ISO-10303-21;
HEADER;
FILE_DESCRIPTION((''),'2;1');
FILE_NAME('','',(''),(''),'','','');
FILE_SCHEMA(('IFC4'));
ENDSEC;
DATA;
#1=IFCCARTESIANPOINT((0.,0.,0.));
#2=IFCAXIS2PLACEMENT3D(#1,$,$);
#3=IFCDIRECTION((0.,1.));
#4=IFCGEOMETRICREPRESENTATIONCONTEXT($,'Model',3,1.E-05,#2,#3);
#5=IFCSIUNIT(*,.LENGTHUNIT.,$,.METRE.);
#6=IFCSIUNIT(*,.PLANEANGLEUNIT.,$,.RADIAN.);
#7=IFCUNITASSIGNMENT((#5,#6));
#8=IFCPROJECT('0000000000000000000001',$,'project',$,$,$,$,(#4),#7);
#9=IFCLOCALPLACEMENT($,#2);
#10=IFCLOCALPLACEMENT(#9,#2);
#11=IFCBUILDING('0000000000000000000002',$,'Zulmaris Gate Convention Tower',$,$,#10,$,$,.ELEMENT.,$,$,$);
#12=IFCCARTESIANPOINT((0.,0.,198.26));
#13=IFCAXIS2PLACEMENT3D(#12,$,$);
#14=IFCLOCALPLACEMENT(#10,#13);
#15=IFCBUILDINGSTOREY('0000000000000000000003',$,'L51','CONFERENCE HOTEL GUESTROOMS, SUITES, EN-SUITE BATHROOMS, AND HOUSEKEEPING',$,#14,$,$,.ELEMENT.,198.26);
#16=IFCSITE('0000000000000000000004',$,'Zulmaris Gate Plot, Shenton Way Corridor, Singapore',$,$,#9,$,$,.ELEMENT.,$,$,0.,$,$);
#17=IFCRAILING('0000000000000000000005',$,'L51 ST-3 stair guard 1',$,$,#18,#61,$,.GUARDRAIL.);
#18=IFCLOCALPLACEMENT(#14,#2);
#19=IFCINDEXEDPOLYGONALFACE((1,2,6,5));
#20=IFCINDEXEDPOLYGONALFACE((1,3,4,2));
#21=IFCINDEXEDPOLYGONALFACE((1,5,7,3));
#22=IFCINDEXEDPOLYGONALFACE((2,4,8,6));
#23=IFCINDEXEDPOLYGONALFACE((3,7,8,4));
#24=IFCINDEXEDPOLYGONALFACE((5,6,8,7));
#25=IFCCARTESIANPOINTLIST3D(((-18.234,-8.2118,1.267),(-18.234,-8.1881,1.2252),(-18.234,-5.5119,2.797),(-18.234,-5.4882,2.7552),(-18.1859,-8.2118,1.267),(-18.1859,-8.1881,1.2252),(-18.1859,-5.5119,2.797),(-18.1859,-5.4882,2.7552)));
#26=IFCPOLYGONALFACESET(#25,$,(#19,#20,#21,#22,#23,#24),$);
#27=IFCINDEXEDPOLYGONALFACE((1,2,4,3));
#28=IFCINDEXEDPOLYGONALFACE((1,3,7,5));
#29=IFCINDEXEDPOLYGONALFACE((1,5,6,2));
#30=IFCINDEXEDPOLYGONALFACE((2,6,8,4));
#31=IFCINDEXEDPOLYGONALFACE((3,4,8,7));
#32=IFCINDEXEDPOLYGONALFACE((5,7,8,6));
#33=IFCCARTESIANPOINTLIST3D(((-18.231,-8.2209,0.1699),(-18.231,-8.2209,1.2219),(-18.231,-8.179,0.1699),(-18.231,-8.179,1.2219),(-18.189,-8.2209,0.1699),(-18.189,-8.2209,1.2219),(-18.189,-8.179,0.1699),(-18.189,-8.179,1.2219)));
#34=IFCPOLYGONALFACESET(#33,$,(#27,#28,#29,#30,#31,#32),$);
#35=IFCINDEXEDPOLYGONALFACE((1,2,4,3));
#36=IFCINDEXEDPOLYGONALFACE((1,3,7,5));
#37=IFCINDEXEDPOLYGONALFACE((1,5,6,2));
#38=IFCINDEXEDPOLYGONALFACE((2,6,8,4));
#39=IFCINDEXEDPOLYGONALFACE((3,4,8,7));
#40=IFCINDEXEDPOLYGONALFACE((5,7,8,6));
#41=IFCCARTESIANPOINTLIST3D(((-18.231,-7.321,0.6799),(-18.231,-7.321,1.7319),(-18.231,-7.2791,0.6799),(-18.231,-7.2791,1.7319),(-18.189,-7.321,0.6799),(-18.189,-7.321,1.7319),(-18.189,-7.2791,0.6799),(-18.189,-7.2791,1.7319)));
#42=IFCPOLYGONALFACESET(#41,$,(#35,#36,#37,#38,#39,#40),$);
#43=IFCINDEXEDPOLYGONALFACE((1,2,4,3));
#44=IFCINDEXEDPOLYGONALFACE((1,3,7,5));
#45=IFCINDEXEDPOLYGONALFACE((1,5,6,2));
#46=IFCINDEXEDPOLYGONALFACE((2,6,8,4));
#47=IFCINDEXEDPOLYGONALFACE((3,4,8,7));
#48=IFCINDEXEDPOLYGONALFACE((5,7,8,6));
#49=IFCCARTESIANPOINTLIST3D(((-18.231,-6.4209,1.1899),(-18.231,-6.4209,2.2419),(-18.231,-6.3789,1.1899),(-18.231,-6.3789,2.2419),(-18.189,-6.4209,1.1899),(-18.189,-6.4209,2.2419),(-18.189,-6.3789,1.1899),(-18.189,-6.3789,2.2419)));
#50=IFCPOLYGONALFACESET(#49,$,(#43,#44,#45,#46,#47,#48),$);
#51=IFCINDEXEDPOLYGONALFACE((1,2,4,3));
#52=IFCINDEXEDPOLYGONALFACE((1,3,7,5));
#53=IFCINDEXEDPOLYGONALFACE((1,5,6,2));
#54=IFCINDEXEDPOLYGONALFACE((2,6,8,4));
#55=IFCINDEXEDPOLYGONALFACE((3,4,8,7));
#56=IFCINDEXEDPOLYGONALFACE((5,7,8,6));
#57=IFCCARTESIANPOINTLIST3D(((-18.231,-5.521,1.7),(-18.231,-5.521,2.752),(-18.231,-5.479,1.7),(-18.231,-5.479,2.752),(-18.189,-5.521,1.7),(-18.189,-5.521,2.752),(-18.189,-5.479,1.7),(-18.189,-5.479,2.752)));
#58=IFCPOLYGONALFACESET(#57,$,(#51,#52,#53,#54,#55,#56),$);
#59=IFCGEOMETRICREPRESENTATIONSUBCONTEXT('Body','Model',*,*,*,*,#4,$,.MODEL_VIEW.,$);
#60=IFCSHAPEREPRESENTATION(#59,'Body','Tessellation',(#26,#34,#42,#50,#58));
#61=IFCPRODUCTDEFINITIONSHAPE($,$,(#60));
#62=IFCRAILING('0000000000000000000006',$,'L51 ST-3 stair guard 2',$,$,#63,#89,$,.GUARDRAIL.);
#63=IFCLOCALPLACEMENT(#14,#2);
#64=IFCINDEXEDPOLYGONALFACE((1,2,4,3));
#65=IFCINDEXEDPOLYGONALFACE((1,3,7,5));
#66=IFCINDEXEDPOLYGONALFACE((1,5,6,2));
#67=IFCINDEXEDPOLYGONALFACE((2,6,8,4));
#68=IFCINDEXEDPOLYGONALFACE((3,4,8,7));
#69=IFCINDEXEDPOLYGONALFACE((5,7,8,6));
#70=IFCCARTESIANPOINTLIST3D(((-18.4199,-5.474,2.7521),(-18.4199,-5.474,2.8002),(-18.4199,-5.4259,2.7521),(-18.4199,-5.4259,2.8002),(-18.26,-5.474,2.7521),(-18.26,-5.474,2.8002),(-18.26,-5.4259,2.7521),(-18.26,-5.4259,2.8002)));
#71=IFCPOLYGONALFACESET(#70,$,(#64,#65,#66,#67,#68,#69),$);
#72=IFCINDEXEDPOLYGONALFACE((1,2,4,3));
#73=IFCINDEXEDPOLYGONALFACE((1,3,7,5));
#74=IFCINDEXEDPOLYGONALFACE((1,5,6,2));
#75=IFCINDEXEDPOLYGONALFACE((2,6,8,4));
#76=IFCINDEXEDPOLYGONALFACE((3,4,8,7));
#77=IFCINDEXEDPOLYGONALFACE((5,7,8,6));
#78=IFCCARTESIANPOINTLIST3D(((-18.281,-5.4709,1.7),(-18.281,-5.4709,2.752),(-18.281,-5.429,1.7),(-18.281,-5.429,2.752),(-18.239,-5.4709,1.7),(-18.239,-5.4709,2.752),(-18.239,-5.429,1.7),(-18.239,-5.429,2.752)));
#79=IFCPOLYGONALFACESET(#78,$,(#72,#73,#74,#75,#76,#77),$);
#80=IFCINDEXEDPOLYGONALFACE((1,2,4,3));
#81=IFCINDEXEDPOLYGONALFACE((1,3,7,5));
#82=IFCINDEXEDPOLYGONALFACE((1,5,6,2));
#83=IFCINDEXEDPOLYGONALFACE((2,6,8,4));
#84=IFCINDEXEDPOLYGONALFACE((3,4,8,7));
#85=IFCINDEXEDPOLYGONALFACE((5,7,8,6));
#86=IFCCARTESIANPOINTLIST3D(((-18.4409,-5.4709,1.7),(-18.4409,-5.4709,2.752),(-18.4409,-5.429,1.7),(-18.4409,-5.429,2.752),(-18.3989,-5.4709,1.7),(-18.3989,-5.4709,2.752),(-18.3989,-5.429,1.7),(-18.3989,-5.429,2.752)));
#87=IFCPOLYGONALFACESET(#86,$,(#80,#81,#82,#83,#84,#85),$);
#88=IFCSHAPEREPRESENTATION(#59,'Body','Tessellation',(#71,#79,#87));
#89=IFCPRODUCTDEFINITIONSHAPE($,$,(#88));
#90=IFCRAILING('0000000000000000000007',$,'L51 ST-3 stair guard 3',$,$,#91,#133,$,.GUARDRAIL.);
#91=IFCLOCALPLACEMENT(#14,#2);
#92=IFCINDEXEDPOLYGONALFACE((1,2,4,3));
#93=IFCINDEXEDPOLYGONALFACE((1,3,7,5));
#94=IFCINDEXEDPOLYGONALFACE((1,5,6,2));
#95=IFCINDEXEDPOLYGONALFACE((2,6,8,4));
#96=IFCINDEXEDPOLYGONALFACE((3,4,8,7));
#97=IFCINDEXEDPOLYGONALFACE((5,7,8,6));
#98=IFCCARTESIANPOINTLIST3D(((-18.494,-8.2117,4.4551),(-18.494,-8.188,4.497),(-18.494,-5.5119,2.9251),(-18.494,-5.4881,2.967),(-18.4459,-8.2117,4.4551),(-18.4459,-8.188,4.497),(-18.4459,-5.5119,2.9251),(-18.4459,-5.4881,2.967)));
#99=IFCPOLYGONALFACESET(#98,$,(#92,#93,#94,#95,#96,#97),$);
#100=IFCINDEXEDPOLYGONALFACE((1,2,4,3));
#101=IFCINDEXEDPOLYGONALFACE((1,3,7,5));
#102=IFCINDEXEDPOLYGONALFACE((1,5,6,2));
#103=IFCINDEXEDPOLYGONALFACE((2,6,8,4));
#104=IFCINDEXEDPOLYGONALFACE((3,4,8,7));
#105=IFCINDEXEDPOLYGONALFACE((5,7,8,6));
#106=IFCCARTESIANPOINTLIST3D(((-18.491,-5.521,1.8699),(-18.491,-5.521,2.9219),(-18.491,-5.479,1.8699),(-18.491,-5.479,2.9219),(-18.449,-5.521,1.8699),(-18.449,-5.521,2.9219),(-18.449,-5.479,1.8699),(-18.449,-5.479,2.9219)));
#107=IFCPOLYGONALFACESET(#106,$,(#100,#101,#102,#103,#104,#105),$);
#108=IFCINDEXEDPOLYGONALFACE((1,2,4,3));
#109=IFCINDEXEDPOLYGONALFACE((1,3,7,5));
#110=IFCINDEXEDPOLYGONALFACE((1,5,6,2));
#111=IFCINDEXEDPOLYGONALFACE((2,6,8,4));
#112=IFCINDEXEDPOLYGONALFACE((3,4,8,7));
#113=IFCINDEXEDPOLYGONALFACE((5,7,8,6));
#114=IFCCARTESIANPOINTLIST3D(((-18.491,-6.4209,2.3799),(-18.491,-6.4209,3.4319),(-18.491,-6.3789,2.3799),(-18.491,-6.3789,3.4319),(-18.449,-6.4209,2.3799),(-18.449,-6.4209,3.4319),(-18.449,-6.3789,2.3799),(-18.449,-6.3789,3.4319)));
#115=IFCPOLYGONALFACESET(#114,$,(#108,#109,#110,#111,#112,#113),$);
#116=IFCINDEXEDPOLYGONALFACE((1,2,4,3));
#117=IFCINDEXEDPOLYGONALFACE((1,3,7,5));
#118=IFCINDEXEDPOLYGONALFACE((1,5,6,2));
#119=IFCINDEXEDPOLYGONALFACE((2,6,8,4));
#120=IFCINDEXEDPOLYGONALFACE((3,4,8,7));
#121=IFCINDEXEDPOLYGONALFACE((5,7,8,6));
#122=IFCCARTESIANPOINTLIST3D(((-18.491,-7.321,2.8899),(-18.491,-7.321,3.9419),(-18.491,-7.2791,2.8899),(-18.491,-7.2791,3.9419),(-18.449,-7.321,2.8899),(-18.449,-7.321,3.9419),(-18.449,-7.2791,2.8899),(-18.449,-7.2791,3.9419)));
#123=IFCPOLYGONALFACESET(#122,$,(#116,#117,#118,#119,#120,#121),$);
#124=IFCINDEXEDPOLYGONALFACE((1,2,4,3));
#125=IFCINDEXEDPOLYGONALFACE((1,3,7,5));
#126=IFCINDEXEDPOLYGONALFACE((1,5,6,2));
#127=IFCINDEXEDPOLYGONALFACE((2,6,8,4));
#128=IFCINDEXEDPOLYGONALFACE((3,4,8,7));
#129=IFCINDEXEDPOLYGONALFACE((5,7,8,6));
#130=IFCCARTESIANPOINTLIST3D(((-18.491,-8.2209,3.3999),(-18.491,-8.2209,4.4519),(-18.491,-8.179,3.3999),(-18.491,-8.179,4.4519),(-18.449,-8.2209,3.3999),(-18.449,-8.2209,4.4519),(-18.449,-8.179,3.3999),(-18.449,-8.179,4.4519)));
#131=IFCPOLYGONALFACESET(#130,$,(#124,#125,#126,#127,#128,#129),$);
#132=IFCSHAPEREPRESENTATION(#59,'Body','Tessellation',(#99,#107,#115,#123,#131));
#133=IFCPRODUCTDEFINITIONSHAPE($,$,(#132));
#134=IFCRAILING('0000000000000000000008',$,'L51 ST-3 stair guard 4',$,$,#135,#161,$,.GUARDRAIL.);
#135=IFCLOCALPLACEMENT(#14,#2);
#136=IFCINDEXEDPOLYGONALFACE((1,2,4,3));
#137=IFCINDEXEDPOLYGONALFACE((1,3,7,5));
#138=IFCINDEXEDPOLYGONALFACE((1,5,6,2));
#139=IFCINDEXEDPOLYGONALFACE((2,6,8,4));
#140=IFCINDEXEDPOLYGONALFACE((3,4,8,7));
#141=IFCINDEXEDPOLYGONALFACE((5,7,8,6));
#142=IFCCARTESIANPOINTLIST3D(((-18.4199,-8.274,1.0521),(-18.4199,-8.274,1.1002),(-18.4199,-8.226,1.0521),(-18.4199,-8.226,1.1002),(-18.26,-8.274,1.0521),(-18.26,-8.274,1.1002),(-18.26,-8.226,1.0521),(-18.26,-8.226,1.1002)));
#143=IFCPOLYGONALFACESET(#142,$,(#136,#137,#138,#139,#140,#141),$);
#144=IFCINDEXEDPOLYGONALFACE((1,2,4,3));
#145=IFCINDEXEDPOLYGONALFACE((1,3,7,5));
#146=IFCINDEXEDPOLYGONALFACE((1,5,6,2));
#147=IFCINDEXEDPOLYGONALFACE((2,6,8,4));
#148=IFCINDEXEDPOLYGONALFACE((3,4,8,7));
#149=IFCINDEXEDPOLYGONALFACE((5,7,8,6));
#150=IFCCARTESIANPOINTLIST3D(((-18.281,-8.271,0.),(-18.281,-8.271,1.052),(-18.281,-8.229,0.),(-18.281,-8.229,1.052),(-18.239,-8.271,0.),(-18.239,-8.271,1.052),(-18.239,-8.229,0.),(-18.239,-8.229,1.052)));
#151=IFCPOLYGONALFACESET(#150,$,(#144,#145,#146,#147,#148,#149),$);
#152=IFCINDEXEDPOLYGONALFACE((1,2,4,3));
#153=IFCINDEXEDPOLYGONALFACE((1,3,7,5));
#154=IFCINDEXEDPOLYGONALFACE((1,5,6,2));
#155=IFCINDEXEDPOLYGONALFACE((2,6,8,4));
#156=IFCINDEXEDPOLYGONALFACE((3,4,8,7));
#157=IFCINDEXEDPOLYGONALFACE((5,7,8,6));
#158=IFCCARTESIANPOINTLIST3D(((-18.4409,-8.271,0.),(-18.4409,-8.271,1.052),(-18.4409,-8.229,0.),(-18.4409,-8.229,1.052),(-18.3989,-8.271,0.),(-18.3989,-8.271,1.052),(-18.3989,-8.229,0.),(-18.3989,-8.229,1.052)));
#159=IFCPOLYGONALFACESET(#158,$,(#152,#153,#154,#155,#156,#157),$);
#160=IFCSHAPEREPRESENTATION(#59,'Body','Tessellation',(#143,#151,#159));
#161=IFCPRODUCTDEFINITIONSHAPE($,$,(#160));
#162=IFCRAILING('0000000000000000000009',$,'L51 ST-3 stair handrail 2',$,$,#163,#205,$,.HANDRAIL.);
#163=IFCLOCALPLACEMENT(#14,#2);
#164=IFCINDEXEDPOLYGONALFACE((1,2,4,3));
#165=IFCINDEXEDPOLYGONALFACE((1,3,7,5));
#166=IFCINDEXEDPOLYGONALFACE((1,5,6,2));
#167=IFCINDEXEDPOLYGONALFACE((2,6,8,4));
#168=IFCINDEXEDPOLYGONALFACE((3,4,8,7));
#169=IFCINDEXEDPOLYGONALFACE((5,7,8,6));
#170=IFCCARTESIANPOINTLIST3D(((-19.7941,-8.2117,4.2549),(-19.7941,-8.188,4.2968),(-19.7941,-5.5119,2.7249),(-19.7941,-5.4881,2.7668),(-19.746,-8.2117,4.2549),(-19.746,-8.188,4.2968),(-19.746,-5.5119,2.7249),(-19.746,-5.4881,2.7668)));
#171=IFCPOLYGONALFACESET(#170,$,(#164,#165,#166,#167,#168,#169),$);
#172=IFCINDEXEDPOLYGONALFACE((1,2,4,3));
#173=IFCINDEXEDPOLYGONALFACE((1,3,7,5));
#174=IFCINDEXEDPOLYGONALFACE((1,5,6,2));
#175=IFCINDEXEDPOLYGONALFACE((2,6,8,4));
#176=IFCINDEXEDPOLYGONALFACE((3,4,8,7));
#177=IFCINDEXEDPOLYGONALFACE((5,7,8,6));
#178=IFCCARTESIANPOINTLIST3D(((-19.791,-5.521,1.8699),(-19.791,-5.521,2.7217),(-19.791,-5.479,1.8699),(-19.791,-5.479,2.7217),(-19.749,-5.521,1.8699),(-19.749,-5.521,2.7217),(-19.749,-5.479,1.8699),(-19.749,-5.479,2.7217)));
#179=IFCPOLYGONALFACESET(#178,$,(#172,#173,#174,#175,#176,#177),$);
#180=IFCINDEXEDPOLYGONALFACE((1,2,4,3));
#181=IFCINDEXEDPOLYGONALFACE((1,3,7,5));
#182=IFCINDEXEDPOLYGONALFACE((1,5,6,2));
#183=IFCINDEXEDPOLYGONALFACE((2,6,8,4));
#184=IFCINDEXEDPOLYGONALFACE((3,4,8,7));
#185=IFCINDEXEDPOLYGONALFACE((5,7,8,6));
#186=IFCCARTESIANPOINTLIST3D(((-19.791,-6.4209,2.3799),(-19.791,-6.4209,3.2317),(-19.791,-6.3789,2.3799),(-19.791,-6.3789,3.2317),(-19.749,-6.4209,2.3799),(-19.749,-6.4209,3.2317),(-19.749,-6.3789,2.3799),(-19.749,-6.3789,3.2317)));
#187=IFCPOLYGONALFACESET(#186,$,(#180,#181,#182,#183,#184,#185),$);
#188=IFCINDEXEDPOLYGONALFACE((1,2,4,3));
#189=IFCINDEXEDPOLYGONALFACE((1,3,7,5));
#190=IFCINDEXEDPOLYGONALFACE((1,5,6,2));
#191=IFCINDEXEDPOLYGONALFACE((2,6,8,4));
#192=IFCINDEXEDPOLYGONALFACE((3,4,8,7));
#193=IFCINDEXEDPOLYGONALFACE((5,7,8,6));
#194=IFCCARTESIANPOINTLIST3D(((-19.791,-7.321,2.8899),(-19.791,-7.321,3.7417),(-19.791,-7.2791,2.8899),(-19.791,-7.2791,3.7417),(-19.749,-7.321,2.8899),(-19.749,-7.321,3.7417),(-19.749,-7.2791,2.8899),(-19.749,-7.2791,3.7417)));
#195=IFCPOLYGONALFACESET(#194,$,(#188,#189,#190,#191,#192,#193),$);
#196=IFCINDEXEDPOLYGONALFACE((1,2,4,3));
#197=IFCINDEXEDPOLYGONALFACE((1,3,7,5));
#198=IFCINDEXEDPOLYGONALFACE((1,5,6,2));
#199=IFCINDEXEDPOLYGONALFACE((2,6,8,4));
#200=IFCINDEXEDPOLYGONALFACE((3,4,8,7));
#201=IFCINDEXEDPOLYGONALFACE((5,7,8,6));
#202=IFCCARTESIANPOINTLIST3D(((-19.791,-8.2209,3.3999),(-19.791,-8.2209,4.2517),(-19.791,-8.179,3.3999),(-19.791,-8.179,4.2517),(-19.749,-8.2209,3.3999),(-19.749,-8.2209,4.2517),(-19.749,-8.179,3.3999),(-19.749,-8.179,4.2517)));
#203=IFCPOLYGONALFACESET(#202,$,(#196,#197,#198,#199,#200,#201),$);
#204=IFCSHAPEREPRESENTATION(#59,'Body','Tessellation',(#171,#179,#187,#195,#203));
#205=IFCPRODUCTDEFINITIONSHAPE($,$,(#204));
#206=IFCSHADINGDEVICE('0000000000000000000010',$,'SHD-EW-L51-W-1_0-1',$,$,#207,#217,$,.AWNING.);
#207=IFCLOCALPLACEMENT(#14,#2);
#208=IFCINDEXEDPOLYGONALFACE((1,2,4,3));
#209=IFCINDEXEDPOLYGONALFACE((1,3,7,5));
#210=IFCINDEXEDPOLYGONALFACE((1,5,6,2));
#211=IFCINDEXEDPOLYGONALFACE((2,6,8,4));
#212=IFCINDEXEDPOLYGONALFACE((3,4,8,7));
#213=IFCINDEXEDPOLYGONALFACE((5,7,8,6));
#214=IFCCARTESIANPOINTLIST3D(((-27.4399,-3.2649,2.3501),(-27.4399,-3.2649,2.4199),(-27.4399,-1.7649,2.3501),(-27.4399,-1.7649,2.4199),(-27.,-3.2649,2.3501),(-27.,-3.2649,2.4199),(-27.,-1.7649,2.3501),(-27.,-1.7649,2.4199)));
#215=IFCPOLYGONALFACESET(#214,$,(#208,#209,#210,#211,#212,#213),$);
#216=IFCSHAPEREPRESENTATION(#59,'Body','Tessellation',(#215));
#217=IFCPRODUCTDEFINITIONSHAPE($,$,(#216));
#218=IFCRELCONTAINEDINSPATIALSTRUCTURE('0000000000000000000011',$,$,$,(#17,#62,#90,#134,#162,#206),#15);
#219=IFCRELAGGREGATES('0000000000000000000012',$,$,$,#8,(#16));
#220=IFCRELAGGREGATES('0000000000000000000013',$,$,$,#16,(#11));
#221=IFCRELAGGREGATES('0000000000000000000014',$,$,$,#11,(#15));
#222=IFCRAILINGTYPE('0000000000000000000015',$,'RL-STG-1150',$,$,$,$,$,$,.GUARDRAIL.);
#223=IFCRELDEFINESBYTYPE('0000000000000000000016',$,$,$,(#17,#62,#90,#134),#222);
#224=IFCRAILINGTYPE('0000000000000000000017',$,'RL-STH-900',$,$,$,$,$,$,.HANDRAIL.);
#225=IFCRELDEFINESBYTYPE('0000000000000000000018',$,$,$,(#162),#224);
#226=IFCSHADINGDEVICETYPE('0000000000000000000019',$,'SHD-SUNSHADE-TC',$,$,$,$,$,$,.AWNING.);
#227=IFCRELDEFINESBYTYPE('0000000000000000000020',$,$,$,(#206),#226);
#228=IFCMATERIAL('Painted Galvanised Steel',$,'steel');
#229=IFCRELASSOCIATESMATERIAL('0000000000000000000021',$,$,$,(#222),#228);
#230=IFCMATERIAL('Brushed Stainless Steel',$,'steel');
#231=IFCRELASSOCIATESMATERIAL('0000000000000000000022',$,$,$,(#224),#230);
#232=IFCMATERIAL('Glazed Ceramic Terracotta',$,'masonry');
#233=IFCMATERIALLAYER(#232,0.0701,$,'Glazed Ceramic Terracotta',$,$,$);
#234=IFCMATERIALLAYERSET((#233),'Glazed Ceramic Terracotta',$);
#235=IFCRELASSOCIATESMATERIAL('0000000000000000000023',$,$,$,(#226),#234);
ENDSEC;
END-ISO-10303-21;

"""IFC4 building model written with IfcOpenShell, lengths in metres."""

from ifc_helpers import new_model, si_unit, direction, frame, frame_2d, origin, origin_2d, place, context, subcontext, project, spatial, rectangle, extrude, material, layer, layer_set, type_object, element, save


model = new_model("IFC4")

# Units and contexts
model_context = context("Model", 3, precision=1e-05, world=origin(), true_north=direction((0.0, 1.0)))
body_context = subcontext(model_context, "Body", "Model", "MODEL_VIEW")
ifc_project = project(units=[si_unit("LENGTHUNIT", "METRE"), si_unit("PLANEANGLEUNIT", "RADIAN")], contexts=[model_context])

# Site, building, storey
site_placement = place(None, origin())
site = spatial("IfcSite", under=ifc_project, at=site_placement, Name="Zulmaris Gate Plot, Shenton Way Corridor, Singapore", CompositionType="ELEMENT", RefElevation=0.0)
building_placement = place(site_placement, origin())
building = spatial("IfcBuilding", under=site, at=building_placement, Name="Zulmaris Gate Convention Tower", CompositionType="ELEMENT")
storey_placement = place(building_placement, frame((0.0, 0.0, 198.26)))
storey = spatial("IfcBuildingStorey", under=building, at=storey_placement, Name="L51", Description="CONFERENCE HOTEL GUESTROOMS, SUITES, EN-SUITE BATHROOMS, AND HOUSEKEEPING", CompositionType="ELEMENT", Elevation=198.26)

# Railings
ifc_material_1 = material(Name="Painted Galvanised Steel", Category="steel")
railing_type_1 = type_object("IfcRailingType", Name="RL-STG-1150", PredefinedType="GUARDRAIL", material=ifc_material_1)
railing_1_placement = place(storey_placement, frame((-18.21, -8.2, 0.1699)))
element("IfcRailing", 1, at=railing_1_placement, inside=storey, type_object=railing_type_1, Name="L51 ST-3 stair guard 1", PredefinedType="GUARDRAIL", context=body_context, shape_type="SweptSolid", body=[
    extrude(rectangle(XDim=0.0481, YDim=0.0481, at=origin_2d()), frame((0.0, 0.0, 1.0762), z_axis=(0.0, 0.870014, 0.493026), x_axis=(-1.0, 0.0, 0.0)), (0.0, 0.0, 1.0), 3.1033),
    extrude(rectangle(XDim=0.042, YDim=0.042, at=origin_2d()), origin(), (0.0, 0.0, 1.0), 1.052),
    extrude(rectangle(XDim=0.042, YDim=0.042, at=origin_2d()), frame((0.0, 0.8999, 0.51)), (0.0, 0.0, 1.0), 1.052),
    extrude(rectangle(XDim=0.042, YDim=0.042, at=origin_2d()), frame((0.0, 1.8, 1.02)), (0.0, 0.0, 1.0), 1.052),
    extrude(rectangle(XDim=0.042, YDim=0.042, at=origin_2d()), frame((0.0, 2.7, 1.53)), (0.0, 0.0, 1.0), 1.052),
])
railing_2_placement = place(storey_placement, frame((-18.26, -5.45, 1.7)))
element("IfcRailing", 2, at=railing_2_placement, inside=storey, type_object=railing_type_1, Name="L51 ST-3 stair guard 2", PredefinedType="GUARDRAIL", context=body_context, shape_type="SweptSolid", body=[
    extrude(rectangle(XDim=0.0481, YDim=0.0481, at=origin_2d()), frame((0.0, 0.0, 1.0762), z_axis=(-1.0, 0.0, 0.0), x_axis=(0.0, -1.0, 0.0)), (0.0, 0.0, 1.0), 0.1599),
    extrude(rectangle(XDim=0.042, YDim=0.042, at=origin_2d()), origin(), (0.0, 0.0, 1.0), 1.052),
    extrude(rectangle(XDim=0.042, YDim=0.042, at=origin_2d()), frame((-0.1599, 0.0, 0.0)), (0.0, 0.0, 1.0), 1.052),
])
railing_3_placement = place(storey_placement, frame((-18.47, -5.5, 1.8699)))
element("IfcRailing", 3, at=railing_3_placement, inside=storey, type_object=railing_type_1, Name="L51 ST-3 stair guard 3", PredefinedType="GUARDRAIL", context=body_context, shape_type="SweptSolid", body=[
    extrude(rectangle(XDim=0.0481, YDim=0.0481, at=origin_2d()), frame((0.0, 0.0, 1.0762), z_axis=(0.0, -0.870014, 0.493026), x_axis=(1.0, 0.0, 0.0)), (0.0, 0.0, 1.0), 3.1033),
    extrude(rectangle(XDim=0.042, YDim=0.042, at=origin_2d()), origin(), (0.0, 0.0, 1.0), 1.052),
    extrude(rectangle(XDim=0.042, YDim=0.042, at=origin_2d()), frame((0.0, -0.8999, 0.51)), (0.0, 0.0, 1.0), 1.052),
    extrude(rectangle(XDim=0.042, YDim=0.042, at=origin_2d()), frame((0.0, -1.8, 1.02)), (0.0, 0.0, 1.0), 1.052),
    extrude(rectangle(XDim=0.042, YDim=0.042, at=origin_2d()), frame((0.0, -2.7, 1.53)), (0.0, 0.0, 1.0), 1.052),
])
railing_4_placement = place(storey_placement, frame((-18.26, -8.25, 0.0)))
element("IfcRailing", 4, at=railing_4_placement, inside=storey, type_object=railing_type_1, Name="L51 ST-3 stair guard 4", PredefinedType="GUARDRAIL", context=body_context, shape_type="SweptSolid", body=[
    extrude(rectangle(XDim=0.0481, YDim=0.0481, at=origin_2d()), frame((0.0, 0.0, 1.0762), z_axis=(-1.0, 0.0, 0.0), x_axis=(0.0, -1.0, 0.0)), (0.0, 0.0, 1.0), 0.1599),
    extrude(rectangle(XDim=0.042, YDim=0.042, at=origin_2d()), origin(), (0.0, 0.0, 1.0), 1.052),
    extrude(rectangle(XDim=0.042, YDim=0.042, at=origin_2d()), frame((-0.1599, 0.0, 0.0)), (0.0, 0.0, 1.0), 1.052),
])
ifc_material_2 = material(Name="Brushed Stainless Steel", Category="steel")
railing_type_2 = type_object("IfcRailingType", Name="RL-STH-900", PredefinedType="HANDRAIL", material=ifc_material_2)
railing_5_placement = place(storey_placement, frame((-19.77, -5.5, 1.8699)))
element("IfcRailing", 5, at=railing_5_placement, inside=storey, type_object=railing_type_2, Name="L51 ST-3 stair handrail 2", PredefinedType="HANDRAIL", context=body_context, shape_type="SweptSolid", body=[
    extrude(rectangle(XDim=0.0481, YDim=0.0481, at=origin_2d()), frame((0.0, 0.0, 0.876), z_axis=(0.0, -0.870014, 0.493026), x_axis=(1.0, 0.0, 0.0)), (0.0, 0.0, 1.0), 3.1033),
    extrude(rectangle(XDim=0.042, YDim=0.042, at=origin_2d()), origin(), (0.0, 0.0, 1.0), 0.8518),
    extrude(rectangle(XDim=0.042, YDim=0.042, at=origin_2d()), frame((0.0, -0.8999, 0.51)), (0.0, 0.0, 1.0), 0.8518),
    extrude(rectangle(XDim=0.042, YDim=0.042, at=origin_2d()), frame((0.0, -1.8, 1.02)), (0.0, 0.0, 1.0), 0.8518),
    extrude(rectangle(XDim=0.042, YDim=0.042, at=origin_2d()), frame((0.0, -2.7, 1.53)), (0.0, 0.0, 1.0), 0.8518),
])

# Shading device
ifc_material_3 = material(Name="Glazed Ceramic Terracotta", Category="masonry")
ifc_layer_1 = layer(ifc_material_3, 0.0701, Name="Glazed Ceramic Terracotta")
ifc_layer_set_1 = layer_set([ifc_layer_1], Name="Glazed Ceramic Terracotta")
shading_device_type = type_object("IfcShadingDeviceType", Name="SHD-SUNSHADE-TC", PredefinedType="AWNING", material=ifc_layer_set_1)
for number, where, z_axis, x_axis, name in (
    (6, (-27.22, -1.7649, 2.3501), (0.0, 0.0, 1.0), (0.0, -1.0, 0.0), "SHD-EW-L51-W-1_0-1"),
):
    element("IfcShadingDevice", number, at=place(storey_placement, frame(where, z_axis=z_axis, x_axis=x_axis)), inside=storey, type_object=shading_device_type, Name=name, PredefinedType="AWNING", context=body_context, shape_type="SweptSolid", body=[
        extrude(rectangle(XDim=1.5, YDim=0.4399, at=frame_2d((0.75, 0.0))), origin(), (0.0, 0.0, 1.0), 0.0698),
    ])

save(model, "model.ifc")
